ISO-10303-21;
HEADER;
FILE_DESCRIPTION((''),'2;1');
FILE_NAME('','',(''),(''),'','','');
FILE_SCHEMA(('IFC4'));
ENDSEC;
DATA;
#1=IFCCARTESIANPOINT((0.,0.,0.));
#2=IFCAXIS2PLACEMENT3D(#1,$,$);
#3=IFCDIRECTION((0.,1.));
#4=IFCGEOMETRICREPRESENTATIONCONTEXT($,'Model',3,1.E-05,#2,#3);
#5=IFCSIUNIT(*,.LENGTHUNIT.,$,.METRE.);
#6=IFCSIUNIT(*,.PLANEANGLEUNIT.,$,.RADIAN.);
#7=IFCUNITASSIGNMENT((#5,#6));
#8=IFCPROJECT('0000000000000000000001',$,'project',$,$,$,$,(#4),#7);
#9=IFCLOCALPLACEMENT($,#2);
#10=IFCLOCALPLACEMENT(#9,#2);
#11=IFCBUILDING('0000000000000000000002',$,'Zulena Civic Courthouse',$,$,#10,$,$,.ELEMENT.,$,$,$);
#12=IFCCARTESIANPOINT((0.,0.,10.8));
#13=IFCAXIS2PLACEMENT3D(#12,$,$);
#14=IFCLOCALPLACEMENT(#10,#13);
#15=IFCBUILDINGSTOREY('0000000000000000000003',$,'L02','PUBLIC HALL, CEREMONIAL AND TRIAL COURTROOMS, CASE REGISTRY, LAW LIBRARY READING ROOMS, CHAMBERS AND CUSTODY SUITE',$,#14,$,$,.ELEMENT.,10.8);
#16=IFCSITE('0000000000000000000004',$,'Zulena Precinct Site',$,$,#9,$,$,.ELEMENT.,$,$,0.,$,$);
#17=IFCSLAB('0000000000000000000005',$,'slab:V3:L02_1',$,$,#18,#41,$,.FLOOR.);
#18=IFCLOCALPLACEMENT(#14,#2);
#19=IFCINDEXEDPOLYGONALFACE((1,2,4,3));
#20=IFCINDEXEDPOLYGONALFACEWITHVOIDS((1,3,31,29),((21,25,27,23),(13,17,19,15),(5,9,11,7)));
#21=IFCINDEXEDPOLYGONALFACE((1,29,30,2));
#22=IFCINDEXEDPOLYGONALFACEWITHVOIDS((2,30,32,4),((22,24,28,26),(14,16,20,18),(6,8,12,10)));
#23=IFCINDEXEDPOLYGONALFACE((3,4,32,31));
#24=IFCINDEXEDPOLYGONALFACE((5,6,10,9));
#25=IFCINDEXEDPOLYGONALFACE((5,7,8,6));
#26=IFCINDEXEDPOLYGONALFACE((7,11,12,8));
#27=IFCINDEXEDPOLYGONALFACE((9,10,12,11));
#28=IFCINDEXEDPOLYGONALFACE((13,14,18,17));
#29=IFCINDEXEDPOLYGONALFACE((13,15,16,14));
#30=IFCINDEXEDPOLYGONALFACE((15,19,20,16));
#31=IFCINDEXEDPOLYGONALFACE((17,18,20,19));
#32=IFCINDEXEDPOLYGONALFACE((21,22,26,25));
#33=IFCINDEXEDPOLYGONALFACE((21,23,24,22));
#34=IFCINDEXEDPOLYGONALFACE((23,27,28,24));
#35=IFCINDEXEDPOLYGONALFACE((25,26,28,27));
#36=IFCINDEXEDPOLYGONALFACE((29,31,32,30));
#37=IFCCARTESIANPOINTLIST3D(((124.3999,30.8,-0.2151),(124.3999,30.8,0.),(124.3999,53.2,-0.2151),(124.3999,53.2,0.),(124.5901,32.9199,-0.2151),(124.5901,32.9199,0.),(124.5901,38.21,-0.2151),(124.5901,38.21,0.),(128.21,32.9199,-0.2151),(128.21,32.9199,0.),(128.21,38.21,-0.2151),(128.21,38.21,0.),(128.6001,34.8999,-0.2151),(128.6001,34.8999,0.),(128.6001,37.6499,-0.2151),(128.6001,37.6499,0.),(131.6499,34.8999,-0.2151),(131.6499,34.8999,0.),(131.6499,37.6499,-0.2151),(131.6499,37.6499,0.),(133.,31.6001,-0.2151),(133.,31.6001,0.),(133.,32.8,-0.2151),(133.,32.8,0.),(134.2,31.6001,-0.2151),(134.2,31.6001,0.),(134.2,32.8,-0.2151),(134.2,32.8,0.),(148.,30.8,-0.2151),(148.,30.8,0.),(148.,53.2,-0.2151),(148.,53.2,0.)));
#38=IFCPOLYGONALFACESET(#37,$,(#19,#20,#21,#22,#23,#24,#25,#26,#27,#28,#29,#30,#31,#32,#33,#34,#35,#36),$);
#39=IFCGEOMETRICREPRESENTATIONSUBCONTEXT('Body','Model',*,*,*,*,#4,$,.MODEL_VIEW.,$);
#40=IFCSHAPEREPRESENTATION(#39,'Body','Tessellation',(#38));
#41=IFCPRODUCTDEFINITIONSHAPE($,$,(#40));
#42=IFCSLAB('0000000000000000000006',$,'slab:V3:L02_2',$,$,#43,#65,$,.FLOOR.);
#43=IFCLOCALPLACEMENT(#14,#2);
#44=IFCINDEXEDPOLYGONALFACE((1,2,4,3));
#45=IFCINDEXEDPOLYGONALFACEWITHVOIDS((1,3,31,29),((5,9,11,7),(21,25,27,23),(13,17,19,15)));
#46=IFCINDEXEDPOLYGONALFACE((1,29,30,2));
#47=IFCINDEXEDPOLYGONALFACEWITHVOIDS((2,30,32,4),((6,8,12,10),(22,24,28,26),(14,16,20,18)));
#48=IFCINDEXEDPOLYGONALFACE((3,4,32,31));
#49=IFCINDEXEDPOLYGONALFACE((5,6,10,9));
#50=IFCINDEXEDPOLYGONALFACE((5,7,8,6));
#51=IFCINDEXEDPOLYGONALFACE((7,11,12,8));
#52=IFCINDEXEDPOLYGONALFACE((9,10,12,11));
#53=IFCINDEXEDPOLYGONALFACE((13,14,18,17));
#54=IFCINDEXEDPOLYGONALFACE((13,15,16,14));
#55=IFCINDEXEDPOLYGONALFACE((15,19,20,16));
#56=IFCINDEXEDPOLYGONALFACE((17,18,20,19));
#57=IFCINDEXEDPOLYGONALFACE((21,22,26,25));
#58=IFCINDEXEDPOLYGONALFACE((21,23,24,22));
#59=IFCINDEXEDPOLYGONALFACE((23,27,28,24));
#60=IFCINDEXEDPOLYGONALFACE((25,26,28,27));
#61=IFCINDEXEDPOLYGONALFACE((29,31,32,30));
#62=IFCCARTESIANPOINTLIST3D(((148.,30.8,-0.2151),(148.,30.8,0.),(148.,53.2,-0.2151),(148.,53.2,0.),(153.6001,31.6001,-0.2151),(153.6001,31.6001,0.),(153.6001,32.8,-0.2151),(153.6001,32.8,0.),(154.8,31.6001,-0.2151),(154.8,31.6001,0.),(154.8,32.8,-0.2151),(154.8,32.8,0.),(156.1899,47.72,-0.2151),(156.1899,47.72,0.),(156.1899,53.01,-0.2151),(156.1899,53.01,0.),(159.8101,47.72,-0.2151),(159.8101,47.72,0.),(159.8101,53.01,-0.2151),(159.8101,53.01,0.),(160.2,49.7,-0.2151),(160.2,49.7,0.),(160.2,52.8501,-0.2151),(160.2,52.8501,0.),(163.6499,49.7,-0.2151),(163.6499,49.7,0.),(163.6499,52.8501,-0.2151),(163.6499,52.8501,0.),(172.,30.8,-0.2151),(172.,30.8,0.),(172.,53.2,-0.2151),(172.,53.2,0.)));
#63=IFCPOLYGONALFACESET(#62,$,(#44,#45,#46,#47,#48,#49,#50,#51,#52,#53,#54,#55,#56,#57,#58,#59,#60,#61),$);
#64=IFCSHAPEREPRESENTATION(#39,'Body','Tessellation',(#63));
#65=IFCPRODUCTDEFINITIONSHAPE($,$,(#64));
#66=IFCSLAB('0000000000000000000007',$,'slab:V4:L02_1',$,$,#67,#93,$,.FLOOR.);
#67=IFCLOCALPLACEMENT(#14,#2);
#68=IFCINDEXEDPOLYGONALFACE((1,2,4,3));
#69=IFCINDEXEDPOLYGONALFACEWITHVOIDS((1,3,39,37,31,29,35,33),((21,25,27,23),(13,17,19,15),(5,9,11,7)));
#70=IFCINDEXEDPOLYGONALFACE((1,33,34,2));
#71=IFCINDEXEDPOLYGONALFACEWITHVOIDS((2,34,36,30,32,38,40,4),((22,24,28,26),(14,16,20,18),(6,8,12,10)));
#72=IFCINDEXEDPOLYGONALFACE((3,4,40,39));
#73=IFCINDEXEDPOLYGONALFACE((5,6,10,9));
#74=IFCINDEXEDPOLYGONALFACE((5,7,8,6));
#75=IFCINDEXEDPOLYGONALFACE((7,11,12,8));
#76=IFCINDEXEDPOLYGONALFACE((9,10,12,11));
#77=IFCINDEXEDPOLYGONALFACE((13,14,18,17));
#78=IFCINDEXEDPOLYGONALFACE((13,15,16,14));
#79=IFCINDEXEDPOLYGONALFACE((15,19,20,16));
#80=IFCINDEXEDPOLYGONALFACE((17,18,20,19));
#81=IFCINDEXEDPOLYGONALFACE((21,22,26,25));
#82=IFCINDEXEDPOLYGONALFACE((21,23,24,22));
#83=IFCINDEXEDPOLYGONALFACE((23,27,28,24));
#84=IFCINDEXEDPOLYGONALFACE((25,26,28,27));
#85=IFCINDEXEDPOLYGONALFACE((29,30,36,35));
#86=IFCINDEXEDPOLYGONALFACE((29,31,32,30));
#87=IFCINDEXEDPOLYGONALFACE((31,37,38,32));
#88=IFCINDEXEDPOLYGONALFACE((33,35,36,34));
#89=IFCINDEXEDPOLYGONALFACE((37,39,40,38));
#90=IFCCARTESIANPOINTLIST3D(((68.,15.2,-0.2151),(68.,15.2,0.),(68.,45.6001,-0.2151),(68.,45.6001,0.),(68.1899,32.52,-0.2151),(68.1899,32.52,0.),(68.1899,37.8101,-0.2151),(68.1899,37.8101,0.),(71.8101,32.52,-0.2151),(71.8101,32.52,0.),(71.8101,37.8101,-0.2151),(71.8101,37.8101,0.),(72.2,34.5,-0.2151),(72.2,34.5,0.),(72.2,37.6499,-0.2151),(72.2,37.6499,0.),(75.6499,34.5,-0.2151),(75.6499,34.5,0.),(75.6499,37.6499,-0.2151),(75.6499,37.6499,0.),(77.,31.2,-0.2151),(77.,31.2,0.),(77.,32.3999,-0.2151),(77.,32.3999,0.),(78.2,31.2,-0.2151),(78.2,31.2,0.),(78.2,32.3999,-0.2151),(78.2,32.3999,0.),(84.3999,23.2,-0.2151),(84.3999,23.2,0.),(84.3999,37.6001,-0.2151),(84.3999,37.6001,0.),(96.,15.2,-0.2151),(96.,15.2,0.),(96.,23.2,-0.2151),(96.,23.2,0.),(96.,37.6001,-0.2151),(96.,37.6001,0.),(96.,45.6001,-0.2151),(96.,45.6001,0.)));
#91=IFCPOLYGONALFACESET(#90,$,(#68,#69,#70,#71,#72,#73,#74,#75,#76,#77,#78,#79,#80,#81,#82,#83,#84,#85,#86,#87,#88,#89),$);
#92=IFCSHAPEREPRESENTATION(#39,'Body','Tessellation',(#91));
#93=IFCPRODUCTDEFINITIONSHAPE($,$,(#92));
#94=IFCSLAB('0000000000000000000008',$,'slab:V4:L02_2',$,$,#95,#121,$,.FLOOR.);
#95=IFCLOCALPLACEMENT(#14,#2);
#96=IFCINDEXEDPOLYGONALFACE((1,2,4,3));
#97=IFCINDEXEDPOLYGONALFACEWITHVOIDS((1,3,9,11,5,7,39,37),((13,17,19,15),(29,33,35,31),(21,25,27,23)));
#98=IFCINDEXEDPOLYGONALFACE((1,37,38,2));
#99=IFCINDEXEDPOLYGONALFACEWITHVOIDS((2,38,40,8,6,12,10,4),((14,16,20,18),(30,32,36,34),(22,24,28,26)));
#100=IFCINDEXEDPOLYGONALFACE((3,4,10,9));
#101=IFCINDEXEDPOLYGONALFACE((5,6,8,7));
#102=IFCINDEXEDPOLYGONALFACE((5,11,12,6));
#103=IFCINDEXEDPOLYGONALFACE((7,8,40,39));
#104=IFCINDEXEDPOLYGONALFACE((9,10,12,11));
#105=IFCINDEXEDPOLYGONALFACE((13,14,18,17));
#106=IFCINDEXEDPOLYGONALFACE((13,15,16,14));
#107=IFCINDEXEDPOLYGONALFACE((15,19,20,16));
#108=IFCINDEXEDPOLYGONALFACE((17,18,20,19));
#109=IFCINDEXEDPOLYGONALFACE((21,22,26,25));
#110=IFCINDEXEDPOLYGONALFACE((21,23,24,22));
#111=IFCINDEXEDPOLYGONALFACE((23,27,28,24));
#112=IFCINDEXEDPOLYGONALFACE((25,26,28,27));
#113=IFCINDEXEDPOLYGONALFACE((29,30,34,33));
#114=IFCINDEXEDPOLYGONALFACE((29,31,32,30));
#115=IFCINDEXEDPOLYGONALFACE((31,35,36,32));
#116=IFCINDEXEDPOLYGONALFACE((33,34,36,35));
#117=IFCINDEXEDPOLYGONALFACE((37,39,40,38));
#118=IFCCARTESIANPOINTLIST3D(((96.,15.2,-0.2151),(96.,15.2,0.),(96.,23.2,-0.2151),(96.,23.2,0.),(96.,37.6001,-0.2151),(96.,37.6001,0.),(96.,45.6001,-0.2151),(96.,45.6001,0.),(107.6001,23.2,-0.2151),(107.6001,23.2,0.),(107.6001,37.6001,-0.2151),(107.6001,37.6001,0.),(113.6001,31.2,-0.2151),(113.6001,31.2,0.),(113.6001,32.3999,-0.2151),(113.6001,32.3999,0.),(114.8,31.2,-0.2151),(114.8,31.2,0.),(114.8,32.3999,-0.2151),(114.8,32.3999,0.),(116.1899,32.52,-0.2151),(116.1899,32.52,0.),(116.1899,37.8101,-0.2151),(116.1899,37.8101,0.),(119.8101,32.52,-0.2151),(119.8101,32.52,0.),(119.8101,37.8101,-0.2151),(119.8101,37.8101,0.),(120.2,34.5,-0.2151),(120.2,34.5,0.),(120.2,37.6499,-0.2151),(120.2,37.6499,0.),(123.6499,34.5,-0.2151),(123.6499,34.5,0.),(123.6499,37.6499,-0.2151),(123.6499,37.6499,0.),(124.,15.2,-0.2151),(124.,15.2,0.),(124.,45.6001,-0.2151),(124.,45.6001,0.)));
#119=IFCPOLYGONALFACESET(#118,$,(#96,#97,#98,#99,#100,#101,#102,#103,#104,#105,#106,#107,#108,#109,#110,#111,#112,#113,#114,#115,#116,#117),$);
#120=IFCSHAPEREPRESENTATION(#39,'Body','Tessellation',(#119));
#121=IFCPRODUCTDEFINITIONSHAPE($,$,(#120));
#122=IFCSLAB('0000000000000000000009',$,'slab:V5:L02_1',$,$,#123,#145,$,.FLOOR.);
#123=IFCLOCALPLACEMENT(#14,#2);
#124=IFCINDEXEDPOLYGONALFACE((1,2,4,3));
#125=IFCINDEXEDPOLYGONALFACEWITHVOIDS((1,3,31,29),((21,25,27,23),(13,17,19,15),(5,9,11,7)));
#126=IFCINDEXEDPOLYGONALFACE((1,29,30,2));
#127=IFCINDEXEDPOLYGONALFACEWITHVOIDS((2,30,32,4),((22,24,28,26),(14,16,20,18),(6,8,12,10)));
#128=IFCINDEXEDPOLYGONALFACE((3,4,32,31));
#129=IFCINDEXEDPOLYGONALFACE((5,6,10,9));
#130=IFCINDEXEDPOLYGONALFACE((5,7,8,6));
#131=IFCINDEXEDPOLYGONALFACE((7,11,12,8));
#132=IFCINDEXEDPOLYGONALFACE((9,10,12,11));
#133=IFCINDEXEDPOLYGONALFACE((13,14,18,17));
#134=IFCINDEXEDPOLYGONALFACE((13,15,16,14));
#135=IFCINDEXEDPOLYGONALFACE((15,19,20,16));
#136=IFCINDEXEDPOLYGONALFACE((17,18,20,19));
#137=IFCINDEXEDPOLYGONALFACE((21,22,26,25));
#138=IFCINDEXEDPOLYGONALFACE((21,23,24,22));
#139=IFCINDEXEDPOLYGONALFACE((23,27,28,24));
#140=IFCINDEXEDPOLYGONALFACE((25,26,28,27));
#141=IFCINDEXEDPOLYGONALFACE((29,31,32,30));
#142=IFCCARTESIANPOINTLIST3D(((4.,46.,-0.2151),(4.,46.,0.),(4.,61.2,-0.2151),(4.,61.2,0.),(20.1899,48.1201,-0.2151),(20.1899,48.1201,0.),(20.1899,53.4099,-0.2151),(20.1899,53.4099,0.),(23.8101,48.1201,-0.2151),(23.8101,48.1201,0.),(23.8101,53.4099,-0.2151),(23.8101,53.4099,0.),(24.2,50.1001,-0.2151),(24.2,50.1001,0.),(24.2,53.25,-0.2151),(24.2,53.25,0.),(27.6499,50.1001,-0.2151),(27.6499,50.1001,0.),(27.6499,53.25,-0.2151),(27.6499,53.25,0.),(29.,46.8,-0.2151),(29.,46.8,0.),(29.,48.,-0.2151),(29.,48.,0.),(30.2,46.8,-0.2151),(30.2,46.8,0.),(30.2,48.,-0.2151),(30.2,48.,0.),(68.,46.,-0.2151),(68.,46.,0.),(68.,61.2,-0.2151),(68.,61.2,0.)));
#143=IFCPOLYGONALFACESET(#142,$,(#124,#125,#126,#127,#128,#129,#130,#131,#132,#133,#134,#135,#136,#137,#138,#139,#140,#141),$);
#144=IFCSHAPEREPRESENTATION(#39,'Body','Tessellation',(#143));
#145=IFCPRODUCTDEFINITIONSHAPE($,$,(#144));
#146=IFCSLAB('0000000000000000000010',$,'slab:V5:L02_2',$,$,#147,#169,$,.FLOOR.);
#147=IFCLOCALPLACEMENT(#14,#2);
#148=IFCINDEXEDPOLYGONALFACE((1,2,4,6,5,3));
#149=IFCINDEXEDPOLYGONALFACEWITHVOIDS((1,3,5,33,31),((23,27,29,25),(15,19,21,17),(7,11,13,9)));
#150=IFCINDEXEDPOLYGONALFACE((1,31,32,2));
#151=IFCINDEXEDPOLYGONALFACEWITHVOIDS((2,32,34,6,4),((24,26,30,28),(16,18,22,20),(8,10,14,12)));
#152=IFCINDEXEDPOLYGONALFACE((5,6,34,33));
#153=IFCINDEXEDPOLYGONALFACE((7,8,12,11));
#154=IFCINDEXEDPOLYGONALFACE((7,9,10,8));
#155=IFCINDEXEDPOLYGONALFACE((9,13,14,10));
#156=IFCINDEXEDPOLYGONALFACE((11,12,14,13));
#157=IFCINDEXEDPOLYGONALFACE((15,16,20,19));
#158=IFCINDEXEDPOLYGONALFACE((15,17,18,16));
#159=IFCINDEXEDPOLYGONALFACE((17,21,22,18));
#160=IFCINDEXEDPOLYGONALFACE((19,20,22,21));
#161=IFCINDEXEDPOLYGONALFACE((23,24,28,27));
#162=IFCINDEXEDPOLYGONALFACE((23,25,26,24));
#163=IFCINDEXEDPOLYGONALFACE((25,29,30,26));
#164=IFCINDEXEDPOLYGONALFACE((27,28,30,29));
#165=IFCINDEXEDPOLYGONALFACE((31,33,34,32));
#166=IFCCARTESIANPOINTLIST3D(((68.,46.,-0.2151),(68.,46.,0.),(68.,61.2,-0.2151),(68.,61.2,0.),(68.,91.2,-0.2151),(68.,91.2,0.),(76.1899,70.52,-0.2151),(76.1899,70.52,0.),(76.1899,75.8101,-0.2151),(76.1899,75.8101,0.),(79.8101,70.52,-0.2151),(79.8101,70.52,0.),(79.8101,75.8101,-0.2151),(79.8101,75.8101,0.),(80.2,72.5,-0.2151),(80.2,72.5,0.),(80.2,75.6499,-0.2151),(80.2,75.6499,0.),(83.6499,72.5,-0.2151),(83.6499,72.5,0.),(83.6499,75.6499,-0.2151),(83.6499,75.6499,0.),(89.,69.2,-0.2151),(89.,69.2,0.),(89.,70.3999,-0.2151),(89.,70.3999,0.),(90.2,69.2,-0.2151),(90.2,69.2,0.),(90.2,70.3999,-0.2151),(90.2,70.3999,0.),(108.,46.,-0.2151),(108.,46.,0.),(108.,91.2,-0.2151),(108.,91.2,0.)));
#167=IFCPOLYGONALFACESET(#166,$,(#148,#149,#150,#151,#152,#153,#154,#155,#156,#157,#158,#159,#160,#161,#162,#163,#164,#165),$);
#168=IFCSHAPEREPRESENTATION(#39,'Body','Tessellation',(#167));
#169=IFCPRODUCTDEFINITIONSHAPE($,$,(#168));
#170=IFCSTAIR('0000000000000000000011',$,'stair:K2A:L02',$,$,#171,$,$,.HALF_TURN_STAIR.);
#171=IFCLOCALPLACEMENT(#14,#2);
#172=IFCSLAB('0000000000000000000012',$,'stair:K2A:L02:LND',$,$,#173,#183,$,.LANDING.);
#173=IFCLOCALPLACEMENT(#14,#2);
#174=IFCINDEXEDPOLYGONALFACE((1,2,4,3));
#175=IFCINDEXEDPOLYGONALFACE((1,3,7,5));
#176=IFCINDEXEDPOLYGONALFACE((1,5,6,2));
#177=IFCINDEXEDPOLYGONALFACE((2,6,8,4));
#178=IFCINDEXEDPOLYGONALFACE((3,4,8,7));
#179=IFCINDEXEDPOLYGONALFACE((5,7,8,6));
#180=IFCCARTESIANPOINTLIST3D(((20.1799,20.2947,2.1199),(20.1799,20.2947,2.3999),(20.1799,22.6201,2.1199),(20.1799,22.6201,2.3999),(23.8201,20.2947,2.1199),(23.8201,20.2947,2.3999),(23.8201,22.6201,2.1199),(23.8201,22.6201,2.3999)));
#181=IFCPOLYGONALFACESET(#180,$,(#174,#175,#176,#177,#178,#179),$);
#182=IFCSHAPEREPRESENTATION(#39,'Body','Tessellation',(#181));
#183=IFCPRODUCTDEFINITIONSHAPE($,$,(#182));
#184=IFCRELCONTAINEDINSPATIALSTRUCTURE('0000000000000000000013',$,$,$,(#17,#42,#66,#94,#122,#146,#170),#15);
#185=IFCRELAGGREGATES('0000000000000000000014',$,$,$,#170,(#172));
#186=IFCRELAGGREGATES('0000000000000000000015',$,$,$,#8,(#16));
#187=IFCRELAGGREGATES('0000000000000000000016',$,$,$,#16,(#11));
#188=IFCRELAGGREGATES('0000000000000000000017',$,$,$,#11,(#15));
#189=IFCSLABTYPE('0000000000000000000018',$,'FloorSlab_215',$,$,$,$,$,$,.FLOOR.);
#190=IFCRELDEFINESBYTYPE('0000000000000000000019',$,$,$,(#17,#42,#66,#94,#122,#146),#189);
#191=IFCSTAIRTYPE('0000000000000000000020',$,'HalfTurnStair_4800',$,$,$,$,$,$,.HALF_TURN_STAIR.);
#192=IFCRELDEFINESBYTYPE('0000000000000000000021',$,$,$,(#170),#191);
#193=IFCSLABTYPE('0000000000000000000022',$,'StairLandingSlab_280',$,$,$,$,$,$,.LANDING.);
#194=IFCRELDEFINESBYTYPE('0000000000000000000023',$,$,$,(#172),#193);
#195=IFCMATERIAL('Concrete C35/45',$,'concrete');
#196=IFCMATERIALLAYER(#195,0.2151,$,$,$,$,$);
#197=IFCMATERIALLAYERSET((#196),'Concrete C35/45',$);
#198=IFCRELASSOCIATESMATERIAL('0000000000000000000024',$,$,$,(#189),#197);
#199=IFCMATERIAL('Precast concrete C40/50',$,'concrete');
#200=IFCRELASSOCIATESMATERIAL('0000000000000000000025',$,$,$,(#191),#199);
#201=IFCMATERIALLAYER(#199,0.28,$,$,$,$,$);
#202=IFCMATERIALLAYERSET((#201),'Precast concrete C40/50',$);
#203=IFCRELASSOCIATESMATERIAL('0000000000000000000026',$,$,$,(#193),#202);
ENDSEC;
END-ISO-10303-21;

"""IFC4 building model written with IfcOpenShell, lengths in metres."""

from ifc_helpers import new_model, si_unit, direction, frame, origin, place, context, subcontext, project, spatial, polyline, outline, extrude, material, layer, layer_set, type_object, element, aggregate, save


model = new_model("IFC4")

# Units and contexts
model_context = context("Model", 3, precision=1e-05, world=origin(), true_north=direction((0.0, 1.0)))
body_context = subcontext(model_context, "Body", "Model", "MODEL_VIEW")
ifc_project = project(units=[si_unit("LENGTHUNIT", "METRE"), si_unit("PLANEANGLEUNIT", "RADIAN")], contexts=[model_context])

# Site, building, storey
site_placement = place(None, origin())
site = spatial("IfcSite", under=ifc_project, at=site_placement, Name="Zulena Precinct Site", CompositionType="ELEMENT", RefElevation=0.0)
building_placement = place(site_placement, origin())
building = spatial("IfcBuilding", under=site, at=building_placement, Name="Zulena Civic Courthouse", CompositionType="ELEMENT")
storey_placement = place(building_placement, frame((0.0, 0.0, 10.8)))
storey = spatial("IfcBuildingStorey", under=building, at=storey_placement, Name="L02", Description="PUBLIC HALL, CEREMONIAL AND TRIAL COURTROOMS, CASE REGISTRY, LAW LIBRARY READING ROOMS, CHAMBERS AND CUSTODY SUITE", CompositionType="ELEMENT", Elevation=10.8)

# Shared definitions
ifc_material_1 = material(Name="Concrete C35/45", Category="concrete")

# Slabs
ifc_layer_1 = layer(ifc_material_1, 0.2151)
ifc_layer_set_1 = layer_set([ifc_layer_1], Name="Concrete C35/45")
slab_type_1 = type_object("IfcSlabType", Name="FloorSlab_215", PredefinedType="FLOOR", material=ifc_layer_set_1)
slab_1_placement = place(storey_placement, frame((0.0, 0.0, -0.2151)))
element("IfcSlab", 1, at=slab_1_placement, inside=storey, type_object=slab_type_1, Name="slab:V3:L02_1", PredefinedType="FLOOR", context=body_context, shape_type="SweptSolid", body=[
    extrude(outline(polyline([(124.3999, 30.8), (124.3999, 53.2), (148.0, 53.2), (148.0, 30.8), (124.3999, 30.8)]), holes=[polyline([(124.5901, 38.21), (124.5901, 32.9199), (128.21, 32.9199), (128.21, 38.21), (124.5901, 38.21)]), polyline([(131.6499, 37.6499), (128.6001, 37.6499), (128.6001, 34.8999), (131.6499, 34.8999), (131.6499, 37.6499)]), polyline([(133.0, 32.8), (133.0, 31.6001), (134.2, 31.6001), (134.2, 32.8), (133.0, 32.8)])]), origin(), (0.0, 0.0, 1.0), 0.2151),
])
slab_2_placement = place(storey_placement, frame((0.0, 0.0, -0.2151)))
element("IfcSlab", 2, at=slab_2_placement, inside=storey, type_object=slab_type_1, Name="slab:V3:L02_2", PredefinedType="FLOOR", context=body_context, shape_type="SweptSolid", body=[
    extrude(outline(polyline([(172.0, 30.8), (148.0, 30.8), (148.0, 53.2), (172.0, 53.2), (172.0, 30.8)]), holes=[polyline([(159.8101, 47.72), (159.8101, 53.01), (156.1899, 53.01), (156.1899, 47.72), (159.8101, 47.72)]), polyline([(160.2, 49.7), (163.6499, 49.7), (163.6499, 52.8501), (160.2, 52.8501), (160.2, 49.7)]), polyline([(154.8, 32.8), (153.6001, 32.8), (153.6001, 31.6001), (154.8, 31.6001), (154.8, 32.8)])]), origin(), (0.0, 0.0, 1.0), 0.2151),
])
slab_3_placement = place(storey_placement, frame((0.0, 0.0, -0.2151)))
element("IfcSlab", 3, at=slab_3_placement, inside=storey, type_object=slab_type_1, Name="slab:V4:L02_1", PredefinedType="FLOOR", context=body_context, shape_type="SweptSolid", body=[
    extrude(outline(polyline([(68.0, 15.2), (68.0, 45.6001), (96.0, 45.6001), (96.0, 37.6001), (84.3999, 37.6001), (84.3999, 23.2), (96.0, 23.2), (96.0, 15.2), (68.0, 15.2)]), holes=[polyline([(68.1899, 32.52), (71.8101, 32.52), (71.8101, 37.8101), (68.1899, 37.8101), (68.1899, 32.52)]), polyline([(72.2, 37.6499), (72.2, 34.5), (75.6499, 34.5), (75.6499, 37.6499), (72.2, 37.6499)]), polyline([(77.0, 31.2), (78.2, 31.2), (78.2, 32.3999), (77.0, 32.3999), (77.0, 31.2)])]), origin(), (0.0, 0.0, 1.0), 0.2151),
])
slab_4_placement = place(storey_placement, frame((0.0, 0.0, -0.2151)))
element("IfcSlab", 4, at=slab_4_placement, inside=storey, type_object=slab_type_1, Name="slab:V4:L02_2", PredefinedType="FLOOR", context=body_context, shape_type="SweptSolid", body=[
    extrude(outline(polyline([(96.0, 15.2), (96.0, 23.2), (107.6001, 23.2), (107.6001, 37.6001), (96.0, 37.6001), (96.0, 45.6001), (124.0, 45.6001), (124.0, 15.2), (96.0, 15.2)]), holes=[polyline([(119.8101, 37.8101), (116.1899, 37.8101), (116.1899, 32.52), (119.8101, 32.52), (119.8101, 37.8101)]), polyline([(123.6499, 34.5), (123.6499, 37.6499), (120.2, 37.6499), (120.2, 34.5), (123.6499, 34.5)]), polyline([(113.6001, 32.3999), (113.6001, 31.2), (114.8, 31.2), (114.8, 32.3999), (113.6001, 32.3999)])]), origin(), (0.0, 0.0, 1.0), 0.2151),
])
slab_5_placement = place(storey_placement, frame((0.0, 0.0, -0.2151)))
element("IfcSlab", 5, at=slab_5_placement, inside=storey, type_object=slab_type_1, Name="slab:V5:L02_1", PredefinedType="FLOOR", context=body_context, shape_type="SweptSolid", body=[
    extrude(outline(polyline([(4.0, 61.2), (68.0, 61.2), (68.0, 46.0), (4.0, 46.0), (4.0, 61.2)]), holes=[polyline([(20.1899, 53.4099), (20.1899, 48.1201), (23.8101, 48.1201), (23.8101, 53.4099), (20.1899, 53.4099)]), polyline([(27.6499, 53.25), (24.2, 53.25), (24.2, 50.1001), (27.6499, 50.1001), (27.6499, 53.25)]), polyline([(29.0, 48.0), (29.0, 46.8), (30.2, 46.8), (30.2, 48.0), (29.0, 48.0)])]), origin(), (0.0, 0.0, 1.0), 0.2151),
])
slab_6_placement = place(storey_placement, frame((0.0, 0.0, -0.2151)))
element("IfcSlab", 6, at=slab_6_placement, inside=storey, type_object=slab_type_1, Name="slab:V5:L02_2", PredefinedType="FLOOR", context=body_context, shape_type="SweptSolid", body=[
    extrude(outline(polyline([(68.0, 91.2), (108.0, 91.2), (108.0, 46.0), (68.0, 46.0), (68.0, 61.2), (68.0, 91.2)]), holes=[polyline([(79.8101, 70.52), (79.8101, 75.8101), (76.1899, 75.8101), (76.1899, 70.52), (79.8101, 70.52)]), polyline([(80.2, 72.5), (83.6499, 72.5), (83.6499, 75.6499), (80.2, 75.6499), (80.2, 72.5)]), polyline([(90.2, 70.3999), (89.0, 70.3999), (89.0, 69.2), (90.2, 69.2), (90.2, 70.3999)])]), origin(), (0.0, 0.0, 1.0), 0.2151),
])

# Stair, slab
ifc_material_2 = material(Name="Precast concrete C40/50", Category="concrete")
stair_type = type_object("IfcStairType", Name="HalfTurnStair_4800", PredefinedType="HALF_TURN_STAIR", material=ifc_material_2)
stair_1_placement = place(storey_placement, origin())
stair_1 = element("IfcStair", 7, at=stair_1_placement, inside=storey, type_object=stair_type, Name="stair:K2A:L02", PredefinedType="HALF_TURN_STAIR")
ifc_layer_2 = layer(ifc_material_2, 0.28)
ifc_layer_set_2 = layer_set([ifc_layer_2], Name="Precast concrete C40/50")
slab_type_2 = type_object("IfcSlabType", Name="StairLandingSlab_280", PredefinedType="LANDING", material=ifc_layer_set_2)
slab_7_placement = place(storey_placement, frame((0.0, 0.0, 2.1199)))
slab_7 = element("IfcSlab", 8, at=slab_7_placement, type_object=slab_type_2, Name="stair:K2A:L02:LND", PredefinedType="LANDING", context=body_context, shape_type="SweptSolid", body=[
    extrude(outline(polyline([(20.1799, 20.2947), (23.8201, 20.2947), (23.8201, 22.6201), (20.1799, 22.6201), (20.1799, 20.2947)])), origin(), (0.0, 0.0, 1.0), 0.28),
])
aggregate(stair_1, [slab_7])

save(model, "model.ifc")
